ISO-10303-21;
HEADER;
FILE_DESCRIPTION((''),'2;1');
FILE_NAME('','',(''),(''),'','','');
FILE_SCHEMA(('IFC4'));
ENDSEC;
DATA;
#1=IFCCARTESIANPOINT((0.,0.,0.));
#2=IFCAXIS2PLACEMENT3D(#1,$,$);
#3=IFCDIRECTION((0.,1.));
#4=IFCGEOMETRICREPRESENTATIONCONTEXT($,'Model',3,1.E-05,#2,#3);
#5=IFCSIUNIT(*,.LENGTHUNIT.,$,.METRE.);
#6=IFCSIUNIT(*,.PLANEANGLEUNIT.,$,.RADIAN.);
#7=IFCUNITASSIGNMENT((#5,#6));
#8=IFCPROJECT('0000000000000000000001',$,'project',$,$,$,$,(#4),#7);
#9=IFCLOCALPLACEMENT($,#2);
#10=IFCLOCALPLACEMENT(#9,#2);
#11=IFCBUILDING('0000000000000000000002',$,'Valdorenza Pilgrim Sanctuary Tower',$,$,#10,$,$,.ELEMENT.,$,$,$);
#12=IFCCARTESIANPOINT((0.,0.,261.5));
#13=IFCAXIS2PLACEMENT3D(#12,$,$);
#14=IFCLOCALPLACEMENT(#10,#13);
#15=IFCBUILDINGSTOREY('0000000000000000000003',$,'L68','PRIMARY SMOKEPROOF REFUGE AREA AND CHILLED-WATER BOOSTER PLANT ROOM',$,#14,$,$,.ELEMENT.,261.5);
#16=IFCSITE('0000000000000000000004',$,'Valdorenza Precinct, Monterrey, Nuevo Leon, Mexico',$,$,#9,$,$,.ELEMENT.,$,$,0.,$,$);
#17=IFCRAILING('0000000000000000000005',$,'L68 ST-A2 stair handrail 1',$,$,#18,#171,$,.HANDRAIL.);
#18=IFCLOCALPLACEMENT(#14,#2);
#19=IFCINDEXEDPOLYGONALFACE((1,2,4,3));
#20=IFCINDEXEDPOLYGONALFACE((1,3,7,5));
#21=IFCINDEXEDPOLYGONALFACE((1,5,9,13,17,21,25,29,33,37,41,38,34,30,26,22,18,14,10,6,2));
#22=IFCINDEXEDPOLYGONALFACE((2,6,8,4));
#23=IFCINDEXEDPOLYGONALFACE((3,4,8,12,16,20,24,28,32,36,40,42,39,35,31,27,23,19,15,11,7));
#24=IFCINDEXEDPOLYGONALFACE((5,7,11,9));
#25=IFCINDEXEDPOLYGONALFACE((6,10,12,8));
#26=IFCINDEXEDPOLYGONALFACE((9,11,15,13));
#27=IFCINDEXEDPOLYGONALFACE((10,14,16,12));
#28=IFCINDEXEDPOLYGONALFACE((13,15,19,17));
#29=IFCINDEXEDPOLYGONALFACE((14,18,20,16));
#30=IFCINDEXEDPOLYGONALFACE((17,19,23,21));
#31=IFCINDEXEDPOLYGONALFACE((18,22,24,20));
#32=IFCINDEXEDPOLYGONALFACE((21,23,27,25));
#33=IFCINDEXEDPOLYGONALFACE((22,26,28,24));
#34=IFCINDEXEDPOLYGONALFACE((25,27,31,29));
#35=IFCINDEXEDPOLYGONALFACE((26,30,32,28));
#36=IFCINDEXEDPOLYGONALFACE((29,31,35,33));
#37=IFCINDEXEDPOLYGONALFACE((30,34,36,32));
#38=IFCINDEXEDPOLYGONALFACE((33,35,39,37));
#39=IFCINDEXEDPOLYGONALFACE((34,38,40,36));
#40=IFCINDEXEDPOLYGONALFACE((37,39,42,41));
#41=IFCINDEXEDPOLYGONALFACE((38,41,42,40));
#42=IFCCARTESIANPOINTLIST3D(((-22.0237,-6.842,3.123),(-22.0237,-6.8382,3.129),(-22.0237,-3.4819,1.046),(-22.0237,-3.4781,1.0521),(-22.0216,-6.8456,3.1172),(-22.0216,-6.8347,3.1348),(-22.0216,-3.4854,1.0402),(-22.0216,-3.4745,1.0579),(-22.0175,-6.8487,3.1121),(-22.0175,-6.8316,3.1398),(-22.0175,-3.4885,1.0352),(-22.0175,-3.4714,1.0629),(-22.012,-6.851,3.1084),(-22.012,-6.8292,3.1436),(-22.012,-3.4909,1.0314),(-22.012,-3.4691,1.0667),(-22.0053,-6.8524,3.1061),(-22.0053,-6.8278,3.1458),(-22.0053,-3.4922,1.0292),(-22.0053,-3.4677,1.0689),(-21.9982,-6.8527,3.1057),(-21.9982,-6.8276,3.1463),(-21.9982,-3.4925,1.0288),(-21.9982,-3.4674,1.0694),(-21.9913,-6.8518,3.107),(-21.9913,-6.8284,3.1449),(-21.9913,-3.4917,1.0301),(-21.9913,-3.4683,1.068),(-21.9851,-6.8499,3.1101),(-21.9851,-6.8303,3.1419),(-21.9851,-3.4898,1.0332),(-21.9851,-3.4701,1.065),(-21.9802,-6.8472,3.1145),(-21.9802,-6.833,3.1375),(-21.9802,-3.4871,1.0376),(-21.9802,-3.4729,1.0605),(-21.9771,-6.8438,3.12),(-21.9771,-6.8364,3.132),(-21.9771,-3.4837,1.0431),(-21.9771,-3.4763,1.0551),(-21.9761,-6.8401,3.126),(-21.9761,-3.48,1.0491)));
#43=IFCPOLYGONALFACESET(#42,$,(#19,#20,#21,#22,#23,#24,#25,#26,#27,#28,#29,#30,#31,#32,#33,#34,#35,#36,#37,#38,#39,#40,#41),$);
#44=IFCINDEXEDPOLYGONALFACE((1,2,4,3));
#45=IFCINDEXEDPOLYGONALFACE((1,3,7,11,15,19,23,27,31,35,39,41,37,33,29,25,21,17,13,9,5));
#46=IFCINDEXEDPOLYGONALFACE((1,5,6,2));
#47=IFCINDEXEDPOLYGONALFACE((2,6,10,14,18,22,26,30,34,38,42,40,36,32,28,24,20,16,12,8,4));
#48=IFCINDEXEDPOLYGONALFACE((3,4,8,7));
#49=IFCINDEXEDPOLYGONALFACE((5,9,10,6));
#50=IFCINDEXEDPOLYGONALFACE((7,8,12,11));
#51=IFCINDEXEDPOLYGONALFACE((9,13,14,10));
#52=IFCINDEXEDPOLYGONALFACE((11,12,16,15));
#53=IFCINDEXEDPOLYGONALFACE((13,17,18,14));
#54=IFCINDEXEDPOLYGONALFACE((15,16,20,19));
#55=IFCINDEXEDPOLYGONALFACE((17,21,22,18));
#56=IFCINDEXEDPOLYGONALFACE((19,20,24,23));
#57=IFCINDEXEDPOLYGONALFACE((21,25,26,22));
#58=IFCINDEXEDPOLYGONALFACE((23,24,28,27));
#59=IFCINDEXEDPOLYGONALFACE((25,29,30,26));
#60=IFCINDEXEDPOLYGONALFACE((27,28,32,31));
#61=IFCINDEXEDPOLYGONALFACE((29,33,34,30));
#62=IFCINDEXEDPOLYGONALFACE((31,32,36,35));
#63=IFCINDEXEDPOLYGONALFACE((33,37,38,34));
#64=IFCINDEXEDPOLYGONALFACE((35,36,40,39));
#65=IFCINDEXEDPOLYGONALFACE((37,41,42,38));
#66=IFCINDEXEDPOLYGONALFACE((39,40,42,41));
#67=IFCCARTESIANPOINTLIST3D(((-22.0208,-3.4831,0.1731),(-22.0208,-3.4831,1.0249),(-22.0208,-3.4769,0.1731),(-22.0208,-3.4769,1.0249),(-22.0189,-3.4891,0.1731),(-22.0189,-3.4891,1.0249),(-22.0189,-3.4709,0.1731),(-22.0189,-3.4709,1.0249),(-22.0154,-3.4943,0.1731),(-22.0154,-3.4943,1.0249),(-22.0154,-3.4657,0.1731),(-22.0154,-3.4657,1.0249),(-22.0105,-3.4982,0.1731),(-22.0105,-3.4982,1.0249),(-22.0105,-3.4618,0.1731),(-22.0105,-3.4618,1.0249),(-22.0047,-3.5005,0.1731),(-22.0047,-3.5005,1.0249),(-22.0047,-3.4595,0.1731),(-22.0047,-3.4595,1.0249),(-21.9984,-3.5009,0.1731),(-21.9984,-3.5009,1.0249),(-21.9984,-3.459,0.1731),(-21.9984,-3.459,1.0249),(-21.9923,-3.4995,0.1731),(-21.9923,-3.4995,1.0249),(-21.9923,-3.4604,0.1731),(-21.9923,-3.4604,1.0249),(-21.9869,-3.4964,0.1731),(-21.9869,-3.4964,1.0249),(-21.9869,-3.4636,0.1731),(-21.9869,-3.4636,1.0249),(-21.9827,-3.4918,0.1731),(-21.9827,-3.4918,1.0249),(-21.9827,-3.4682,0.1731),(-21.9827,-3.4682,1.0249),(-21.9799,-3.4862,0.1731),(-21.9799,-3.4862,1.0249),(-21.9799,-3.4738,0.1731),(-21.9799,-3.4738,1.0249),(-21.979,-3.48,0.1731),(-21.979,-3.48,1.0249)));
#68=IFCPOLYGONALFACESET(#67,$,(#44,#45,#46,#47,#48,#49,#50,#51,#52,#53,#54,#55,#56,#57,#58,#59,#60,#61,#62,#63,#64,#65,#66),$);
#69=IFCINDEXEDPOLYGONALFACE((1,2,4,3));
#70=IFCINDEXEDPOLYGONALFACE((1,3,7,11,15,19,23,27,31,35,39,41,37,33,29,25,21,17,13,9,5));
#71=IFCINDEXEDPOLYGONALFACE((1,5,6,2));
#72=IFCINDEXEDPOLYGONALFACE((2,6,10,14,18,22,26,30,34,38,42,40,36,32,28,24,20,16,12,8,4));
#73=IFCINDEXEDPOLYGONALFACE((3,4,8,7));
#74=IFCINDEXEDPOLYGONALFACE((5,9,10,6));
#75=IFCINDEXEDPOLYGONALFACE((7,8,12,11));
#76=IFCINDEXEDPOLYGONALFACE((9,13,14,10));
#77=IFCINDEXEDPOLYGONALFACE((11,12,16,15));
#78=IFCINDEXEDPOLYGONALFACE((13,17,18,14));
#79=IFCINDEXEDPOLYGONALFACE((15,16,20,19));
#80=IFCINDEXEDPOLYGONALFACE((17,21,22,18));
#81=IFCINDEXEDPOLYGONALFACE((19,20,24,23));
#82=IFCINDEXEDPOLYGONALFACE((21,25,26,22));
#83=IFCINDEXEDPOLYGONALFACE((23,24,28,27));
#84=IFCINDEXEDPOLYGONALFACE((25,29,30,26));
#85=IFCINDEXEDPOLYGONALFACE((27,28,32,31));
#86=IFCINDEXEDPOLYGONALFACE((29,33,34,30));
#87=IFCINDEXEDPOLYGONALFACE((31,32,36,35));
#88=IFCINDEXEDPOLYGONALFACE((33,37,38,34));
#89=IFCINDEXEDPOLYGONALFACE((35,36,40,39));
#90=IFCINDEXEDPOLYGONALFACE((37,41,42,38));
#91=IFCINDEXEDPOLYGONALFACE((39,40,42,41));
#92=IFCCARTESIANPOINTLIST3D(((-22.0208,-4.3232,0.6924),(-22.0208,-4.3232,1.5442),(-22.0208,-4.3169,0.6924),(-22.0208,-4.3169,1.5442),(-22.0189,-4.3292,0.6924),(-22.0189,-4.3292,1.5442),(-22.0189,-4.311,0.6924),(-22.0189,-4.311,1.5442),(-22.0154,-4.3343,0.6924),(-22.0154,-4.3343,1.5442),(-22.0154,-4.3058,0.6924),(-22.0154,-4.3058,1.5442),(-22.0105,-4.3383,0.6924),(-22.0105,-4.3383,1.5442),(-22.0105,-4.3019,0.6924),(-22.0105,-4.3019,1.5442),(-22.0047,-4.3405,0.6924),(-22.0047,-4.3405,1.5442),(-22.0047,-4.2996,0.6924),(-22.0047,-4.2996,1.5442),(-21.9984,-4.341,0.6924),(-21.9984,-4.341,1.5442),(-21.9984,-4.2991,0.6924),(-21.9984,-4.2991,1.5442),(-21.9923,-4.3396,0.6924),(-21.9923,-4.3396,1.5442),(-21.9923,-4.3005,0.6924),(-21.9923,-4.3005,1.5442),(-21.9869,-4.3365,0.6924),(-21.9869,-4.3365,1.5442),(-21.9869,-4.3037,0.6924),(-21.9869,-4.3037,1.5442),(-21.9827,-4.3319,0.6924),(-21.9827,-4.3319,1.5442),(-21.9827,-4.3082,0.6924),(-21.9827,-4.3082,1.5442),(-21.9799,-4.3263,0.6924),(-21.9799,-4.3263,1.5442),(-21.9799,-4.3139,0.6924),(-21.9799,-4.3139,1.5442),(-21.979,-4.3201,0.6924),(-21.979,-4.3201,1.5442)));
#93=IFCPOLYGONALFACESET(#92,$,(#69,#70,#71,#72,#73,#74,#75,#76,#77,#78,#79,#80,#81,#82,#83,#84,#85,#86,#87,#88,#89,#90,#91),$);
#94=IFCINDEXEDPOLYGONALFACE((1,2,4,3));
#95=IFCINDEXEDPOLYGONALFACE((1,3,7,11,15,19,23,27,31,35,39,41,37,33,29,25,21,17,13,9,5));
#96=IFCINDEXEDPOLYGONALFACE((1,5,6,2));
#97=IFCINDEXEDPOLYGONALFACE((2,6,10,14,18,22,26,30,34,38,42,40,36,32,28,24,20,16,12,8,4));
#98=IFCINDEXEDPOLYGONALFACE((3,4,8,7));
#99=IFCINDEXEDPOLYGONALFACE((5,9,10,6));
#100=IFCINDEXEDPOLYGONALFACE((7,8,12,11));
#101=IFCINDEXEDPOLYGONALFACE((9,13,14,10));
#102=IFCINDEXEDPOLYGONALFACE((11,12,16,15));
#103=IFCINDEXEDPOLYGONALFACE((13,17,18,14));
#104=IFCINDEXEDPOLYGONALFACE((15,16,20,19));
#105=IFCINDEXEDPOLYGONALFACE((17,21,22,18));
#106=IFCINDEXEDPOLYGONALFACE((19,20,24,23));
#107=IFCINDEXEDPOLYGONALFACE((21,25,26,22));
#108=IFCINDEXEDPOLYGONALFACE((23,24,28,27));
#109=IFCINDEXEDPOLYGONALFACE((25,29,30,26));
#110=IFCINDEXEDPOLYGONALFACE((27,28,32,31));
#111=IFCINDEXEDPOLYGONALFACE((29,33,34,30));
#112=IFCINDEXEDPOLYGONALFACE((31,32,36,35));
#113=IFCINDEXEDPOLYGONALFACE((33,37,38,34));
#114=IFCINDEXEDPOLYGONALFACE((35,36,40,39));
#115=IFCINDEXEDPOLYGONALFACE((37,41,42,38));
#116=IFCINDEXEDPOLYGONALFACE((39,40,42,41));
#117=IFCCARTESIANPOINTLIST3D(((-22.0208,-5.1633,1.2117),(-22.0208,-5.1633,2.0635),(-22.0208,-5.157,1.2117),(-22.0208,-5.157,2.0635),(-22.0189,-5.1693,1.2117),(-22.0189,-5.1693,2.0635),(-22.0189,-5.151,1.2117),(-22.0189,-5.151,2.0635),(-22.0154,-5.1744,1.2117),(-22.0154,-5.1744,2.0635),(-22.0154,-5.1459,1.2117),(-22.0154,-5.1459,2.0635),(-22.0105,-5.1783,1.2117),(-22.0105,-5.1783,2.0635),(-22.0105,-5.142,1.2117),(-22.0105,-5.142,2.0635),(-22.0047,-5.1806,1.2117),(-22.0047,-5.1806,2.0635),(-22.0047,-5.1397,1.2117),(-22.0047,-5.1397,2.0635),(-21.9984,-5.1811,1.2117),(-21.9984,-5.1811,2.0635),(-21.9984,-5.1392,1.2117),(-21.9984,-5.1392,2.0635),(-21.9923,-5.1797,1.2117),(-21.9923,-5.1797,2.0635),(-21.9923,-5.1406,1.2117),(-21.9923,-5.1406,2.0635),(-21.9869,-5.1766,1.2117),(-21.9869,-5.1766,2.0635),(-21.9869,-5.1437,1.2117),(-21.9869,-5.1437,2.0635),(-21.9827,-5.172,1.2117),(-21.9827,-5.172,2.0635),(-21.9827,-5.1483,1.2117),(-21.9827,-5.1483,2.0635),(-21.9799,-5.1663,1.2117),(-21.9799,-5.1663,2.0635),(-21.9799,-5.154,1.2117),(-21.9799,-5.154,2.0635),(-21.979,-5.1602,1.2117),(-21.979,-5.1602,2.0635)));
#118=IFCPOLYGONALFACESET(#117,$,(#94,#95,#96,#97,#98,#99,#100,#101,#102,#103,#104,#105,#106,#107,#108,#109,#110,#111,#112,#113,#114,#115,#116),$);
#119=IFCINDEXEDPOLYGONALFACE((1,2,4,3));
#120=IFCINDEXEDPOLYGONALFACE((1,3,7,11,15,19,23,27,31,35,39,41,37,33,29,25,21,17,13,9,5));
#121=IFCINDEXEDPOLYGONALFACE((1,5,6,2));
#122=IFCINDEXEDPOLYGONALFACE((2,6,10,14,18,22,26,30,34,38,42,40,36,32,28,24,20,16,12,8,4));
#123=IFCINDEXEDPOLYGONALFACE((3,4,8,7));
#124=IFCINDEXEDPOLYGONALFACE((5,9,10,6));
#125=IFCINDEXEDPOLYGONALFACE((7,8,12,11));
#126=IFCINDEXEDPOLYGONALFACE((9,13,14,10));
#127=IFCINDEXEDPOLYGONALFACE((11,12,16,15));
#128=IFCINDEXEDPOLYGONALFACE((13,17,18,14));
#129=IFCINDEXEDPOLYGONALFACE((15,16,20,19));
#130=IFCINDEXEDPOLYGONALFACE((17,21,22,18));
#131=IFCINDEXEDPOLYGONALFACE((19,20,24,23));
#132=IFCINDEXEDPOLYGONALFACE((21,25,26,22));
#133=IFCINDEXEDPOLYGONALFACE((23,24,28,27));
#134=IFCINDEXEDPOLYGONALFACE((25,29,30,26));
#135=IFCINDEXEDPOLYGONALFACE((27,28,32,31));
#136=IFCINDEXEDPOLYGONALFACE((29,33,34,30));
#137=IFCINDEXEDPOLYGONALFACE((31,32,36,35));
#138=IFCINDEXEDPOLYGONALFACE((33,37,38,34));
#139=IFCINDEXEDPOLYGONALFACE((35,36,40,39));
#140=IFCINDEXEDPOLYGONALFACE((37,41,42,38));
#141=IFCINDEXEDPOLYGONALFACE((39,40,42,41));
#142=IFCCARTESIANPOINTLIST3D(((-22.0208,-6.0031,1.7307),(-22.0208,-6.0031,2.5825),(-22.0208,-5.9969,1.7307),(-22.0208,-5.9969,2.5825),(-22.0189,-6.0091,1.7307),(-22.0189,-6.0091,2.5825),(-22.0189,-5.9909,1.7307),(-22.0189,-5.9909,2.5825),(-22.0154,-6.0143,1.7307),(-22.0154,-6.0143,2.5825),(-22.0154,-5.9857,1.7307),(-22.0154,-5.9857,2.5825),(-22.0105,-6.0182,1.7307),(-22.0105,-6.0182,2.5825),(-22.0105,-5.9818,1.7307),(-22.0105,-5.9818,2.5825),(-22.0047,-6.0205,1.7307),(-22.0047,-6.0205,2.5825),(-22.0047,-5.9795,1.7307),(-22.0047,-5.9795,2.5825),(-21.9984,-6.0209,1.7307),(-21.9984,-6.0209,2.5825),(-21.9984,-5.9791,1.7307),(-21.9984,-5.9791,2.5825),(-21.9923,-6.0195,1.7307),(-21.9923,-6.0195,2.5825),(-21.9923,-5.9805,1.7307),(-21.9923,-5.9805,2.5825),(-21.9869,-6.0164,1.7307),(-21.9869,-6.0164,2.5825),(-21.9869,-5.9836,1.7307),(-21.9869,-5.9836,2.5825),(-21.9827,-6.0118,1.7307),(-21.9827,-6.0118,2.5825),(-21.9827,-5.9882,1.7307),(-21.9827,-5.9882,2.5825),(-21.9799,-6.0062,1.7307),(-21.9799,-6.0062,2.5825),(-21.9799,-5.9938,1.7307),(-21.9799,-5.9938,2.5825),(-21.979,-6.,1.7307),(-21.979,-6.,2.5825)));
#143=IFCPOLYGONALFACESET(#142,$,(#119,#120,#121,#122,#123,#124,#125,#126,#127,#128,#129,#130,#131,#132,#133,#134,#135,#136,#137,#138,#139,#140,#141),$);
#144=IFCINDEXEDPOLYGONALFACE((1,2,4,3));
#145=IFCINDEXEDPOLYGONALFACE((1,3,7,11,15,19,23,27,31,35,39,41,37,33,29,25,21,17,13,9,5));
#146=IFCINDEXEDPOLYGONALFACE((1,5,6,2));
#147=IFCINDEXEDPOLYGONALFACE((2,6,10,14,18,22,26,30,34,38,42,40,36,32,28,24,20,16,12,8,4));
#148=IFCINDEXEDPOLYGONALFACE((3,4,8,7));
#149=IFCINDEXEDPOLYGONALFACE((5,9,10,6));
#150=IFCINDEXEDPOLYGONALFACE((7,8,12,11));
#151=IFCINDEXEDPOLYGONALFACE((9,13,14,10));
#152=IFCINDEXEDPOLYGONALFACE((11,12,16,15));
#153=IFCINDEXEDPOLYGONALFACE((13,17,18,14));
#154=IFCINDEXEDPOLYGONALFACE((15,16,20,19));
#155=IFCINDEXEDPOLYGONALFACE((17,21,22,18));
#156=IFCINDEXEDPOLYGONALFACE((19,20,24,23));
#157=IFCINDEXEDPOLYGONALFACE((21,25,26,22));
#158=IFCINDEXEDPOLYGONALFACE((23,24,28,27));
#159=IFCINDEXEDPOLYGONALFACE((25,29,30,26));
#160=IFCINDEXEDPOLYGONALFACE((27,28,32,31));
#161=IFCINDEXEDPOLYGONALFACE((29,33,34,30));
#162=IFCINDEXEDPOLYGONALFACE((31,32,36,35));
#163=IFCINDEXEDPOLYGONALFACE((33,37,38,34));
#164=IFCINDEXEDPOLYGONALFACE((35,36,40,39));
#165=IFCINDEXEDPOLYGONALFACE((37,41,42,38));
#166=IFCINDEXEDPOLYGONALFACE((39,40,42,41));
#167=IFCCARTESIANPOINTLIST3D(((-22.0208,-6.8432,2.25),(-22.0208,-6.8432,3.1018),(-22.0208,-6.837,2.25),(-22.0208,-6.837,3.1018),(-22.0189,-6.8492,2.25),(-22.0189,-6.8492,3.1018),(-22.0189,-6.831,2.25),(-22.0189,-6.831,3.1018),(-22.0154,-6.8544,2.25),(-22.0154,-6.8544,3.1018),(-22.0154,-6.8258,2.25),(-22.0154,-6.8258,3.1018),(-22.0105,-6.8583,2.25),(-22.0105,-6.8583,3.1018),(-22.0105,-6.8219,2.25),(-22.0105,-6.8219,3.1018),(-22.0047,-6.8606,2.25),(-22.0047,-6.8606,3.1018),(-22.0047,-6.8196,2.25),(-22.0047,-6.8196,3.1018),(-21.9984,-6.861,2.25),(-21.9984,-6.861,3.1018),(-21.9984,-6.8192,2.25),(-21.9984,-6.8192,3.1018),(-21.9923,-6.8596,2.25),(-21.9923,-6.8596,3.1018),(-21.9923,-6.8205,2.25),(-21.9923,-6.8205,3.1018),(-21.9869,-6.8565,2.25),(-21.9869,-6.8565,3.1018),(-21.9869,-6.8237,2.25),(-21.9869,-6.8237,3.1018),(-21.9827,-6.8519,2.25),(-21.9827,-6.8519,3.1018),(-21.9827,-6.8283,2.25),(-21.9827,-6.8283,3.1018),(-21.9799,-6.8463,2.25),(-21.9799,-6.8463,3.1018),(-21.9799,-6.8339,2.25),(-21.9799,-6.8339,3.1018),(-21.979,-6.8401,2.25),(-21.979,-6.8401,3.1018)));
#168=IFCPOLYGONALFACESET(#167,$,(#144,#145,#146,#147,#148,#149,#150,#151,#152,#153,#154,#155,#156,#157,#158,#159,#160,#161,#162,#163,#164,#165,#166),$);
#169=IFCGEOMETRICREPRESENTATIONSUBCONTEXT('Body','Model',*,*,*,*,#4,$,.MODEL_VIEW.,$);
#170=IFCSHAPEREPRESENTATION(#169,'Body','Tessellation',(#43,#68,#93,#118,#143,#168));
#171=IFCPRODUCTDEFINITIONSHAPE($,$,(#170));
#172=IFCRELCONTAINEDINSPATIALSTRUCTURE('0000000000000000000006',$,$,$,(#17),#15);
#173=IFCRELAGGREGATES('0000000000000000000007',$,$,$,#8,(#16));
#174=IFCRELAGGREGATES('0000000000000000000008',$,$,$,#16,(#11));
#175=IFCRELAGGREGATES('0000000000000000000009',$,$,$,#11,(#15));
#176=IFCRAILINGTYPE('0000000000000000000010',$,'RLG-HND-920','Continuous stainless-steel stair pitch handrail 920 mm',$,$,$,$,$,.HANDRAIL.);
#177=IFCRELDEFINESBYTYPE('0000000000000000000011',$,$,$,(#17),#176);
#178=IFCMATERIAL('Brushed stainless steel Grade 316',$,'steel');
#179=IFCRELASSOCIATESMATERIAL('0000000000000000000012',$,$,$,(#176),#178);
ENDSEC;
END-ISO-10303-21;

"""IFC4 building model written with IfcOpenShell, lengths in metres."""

from ifc_helpers import new_model, si_unit, direction, frame, origin, origin_2d, place, context, subcontext, project, spatial, circle, extrude, material, type_object, element, save


model = new_model("IFC4")

# Units and contexts
model_context = context("Model", 3, precision=1e-05, world=origin(), true_north=direction((0.0, 1.0)))
body_context = subcontext(model_context, "Body", "Model", "MODEL_VIEW")
ifc_project = project(units=[si_unit("LENGTHUNIT", "METRE"), si_unit("PLANEANGLEUNIT", "RADIAN")], contexts=[model_context])

# Site, building, storey
site_placement = place(None, origin())
site = spatial("IfcSite", under=ifc_project, at=site_placement, Name="Valdorenza Precinct, Monterrey, Nuevo Leon, Mexico", CompositionType="ELEMENT", RefElevation=0.0)
building_placement = place(site_placement, origin())
building = spatial("IfcBuilding", under=site, at=building_placement, Name="Valdorenza Pilgrim Sanctuary Tower", CompositionType="ELEMENT")
storey_placement = place(building_placement, frame((0.0, 0.0, 261.5)))
storey = spatial("IfcBuildingStorey", under=building, at=storey_placement, Name="L68", Description="PRIMARY SMOKEPROOF REFUGE AREA AND CHILLED-WATER BOOSTER PLANT ROOM", CompositionType="ELEMENT", Elevation=261.5)

# Shared definitions
ifc_material_1 = material(Name="Brushed stainless steel Grade 316", Category="steel")

# Railing
railing_type_1 = type_object("IfcRailingType", Name="RLG-HND-920", Description="Continuous stainless-steel stair pitch handrail 920 mm", PredefinedType="HANDRAIL", material=ifc_material_1)
railing_1_placement = place(storey_placement, frame((-22.0, -3.48, 0.1731)))
element("IfcRailing", 1, at=railing_1_placement, inside=storey, type_object=railing_type_1, Name="L68 ST-A2 stair handrail 1", PredefinedType="HANDRAIL", context=body_context, shape_type="SweptSolid", body=[
    extrude(circle(Radius=0.0239, at=origin_2d()), frame((0.0, 0.0, 0.876), z_axis=(0.0, -0.850623, 0.525776), x_axis=(1.0, 0.0, 0.0)), (0.0, 0.0, 1.0), 3.9502),
    extrude(circle(Radius=0.021, at=origin_2d()), origin(), (0.0, 0.0, 1.0), 0.8518),
    extrude(circle(Radius=0.021, at=origin_2d()), frame((0.0, -0.8401, 0.5193)), (0.0, 0.0, 1.0), 0.8518),
    extrude(circle(Radius=0.021, at=origin_2d()), frame((0.0, -1.6802, 1.0386)), (0.0, 0.0, 1.0), 0.8518),
    extrude(circle(Radius=0.021, at=origin_2d()), frame((0.0, -2.52, 1.5576)), (0.0, 0.0, 1.0), 0.8518),
    extrude(circle(Radius=0.021, at=origin_2d()), frame((0.0, -3.3601, 2.0769)), (0.0, 0.0, 1.0), 0.8518),
])

save(model, "model.ifc")
